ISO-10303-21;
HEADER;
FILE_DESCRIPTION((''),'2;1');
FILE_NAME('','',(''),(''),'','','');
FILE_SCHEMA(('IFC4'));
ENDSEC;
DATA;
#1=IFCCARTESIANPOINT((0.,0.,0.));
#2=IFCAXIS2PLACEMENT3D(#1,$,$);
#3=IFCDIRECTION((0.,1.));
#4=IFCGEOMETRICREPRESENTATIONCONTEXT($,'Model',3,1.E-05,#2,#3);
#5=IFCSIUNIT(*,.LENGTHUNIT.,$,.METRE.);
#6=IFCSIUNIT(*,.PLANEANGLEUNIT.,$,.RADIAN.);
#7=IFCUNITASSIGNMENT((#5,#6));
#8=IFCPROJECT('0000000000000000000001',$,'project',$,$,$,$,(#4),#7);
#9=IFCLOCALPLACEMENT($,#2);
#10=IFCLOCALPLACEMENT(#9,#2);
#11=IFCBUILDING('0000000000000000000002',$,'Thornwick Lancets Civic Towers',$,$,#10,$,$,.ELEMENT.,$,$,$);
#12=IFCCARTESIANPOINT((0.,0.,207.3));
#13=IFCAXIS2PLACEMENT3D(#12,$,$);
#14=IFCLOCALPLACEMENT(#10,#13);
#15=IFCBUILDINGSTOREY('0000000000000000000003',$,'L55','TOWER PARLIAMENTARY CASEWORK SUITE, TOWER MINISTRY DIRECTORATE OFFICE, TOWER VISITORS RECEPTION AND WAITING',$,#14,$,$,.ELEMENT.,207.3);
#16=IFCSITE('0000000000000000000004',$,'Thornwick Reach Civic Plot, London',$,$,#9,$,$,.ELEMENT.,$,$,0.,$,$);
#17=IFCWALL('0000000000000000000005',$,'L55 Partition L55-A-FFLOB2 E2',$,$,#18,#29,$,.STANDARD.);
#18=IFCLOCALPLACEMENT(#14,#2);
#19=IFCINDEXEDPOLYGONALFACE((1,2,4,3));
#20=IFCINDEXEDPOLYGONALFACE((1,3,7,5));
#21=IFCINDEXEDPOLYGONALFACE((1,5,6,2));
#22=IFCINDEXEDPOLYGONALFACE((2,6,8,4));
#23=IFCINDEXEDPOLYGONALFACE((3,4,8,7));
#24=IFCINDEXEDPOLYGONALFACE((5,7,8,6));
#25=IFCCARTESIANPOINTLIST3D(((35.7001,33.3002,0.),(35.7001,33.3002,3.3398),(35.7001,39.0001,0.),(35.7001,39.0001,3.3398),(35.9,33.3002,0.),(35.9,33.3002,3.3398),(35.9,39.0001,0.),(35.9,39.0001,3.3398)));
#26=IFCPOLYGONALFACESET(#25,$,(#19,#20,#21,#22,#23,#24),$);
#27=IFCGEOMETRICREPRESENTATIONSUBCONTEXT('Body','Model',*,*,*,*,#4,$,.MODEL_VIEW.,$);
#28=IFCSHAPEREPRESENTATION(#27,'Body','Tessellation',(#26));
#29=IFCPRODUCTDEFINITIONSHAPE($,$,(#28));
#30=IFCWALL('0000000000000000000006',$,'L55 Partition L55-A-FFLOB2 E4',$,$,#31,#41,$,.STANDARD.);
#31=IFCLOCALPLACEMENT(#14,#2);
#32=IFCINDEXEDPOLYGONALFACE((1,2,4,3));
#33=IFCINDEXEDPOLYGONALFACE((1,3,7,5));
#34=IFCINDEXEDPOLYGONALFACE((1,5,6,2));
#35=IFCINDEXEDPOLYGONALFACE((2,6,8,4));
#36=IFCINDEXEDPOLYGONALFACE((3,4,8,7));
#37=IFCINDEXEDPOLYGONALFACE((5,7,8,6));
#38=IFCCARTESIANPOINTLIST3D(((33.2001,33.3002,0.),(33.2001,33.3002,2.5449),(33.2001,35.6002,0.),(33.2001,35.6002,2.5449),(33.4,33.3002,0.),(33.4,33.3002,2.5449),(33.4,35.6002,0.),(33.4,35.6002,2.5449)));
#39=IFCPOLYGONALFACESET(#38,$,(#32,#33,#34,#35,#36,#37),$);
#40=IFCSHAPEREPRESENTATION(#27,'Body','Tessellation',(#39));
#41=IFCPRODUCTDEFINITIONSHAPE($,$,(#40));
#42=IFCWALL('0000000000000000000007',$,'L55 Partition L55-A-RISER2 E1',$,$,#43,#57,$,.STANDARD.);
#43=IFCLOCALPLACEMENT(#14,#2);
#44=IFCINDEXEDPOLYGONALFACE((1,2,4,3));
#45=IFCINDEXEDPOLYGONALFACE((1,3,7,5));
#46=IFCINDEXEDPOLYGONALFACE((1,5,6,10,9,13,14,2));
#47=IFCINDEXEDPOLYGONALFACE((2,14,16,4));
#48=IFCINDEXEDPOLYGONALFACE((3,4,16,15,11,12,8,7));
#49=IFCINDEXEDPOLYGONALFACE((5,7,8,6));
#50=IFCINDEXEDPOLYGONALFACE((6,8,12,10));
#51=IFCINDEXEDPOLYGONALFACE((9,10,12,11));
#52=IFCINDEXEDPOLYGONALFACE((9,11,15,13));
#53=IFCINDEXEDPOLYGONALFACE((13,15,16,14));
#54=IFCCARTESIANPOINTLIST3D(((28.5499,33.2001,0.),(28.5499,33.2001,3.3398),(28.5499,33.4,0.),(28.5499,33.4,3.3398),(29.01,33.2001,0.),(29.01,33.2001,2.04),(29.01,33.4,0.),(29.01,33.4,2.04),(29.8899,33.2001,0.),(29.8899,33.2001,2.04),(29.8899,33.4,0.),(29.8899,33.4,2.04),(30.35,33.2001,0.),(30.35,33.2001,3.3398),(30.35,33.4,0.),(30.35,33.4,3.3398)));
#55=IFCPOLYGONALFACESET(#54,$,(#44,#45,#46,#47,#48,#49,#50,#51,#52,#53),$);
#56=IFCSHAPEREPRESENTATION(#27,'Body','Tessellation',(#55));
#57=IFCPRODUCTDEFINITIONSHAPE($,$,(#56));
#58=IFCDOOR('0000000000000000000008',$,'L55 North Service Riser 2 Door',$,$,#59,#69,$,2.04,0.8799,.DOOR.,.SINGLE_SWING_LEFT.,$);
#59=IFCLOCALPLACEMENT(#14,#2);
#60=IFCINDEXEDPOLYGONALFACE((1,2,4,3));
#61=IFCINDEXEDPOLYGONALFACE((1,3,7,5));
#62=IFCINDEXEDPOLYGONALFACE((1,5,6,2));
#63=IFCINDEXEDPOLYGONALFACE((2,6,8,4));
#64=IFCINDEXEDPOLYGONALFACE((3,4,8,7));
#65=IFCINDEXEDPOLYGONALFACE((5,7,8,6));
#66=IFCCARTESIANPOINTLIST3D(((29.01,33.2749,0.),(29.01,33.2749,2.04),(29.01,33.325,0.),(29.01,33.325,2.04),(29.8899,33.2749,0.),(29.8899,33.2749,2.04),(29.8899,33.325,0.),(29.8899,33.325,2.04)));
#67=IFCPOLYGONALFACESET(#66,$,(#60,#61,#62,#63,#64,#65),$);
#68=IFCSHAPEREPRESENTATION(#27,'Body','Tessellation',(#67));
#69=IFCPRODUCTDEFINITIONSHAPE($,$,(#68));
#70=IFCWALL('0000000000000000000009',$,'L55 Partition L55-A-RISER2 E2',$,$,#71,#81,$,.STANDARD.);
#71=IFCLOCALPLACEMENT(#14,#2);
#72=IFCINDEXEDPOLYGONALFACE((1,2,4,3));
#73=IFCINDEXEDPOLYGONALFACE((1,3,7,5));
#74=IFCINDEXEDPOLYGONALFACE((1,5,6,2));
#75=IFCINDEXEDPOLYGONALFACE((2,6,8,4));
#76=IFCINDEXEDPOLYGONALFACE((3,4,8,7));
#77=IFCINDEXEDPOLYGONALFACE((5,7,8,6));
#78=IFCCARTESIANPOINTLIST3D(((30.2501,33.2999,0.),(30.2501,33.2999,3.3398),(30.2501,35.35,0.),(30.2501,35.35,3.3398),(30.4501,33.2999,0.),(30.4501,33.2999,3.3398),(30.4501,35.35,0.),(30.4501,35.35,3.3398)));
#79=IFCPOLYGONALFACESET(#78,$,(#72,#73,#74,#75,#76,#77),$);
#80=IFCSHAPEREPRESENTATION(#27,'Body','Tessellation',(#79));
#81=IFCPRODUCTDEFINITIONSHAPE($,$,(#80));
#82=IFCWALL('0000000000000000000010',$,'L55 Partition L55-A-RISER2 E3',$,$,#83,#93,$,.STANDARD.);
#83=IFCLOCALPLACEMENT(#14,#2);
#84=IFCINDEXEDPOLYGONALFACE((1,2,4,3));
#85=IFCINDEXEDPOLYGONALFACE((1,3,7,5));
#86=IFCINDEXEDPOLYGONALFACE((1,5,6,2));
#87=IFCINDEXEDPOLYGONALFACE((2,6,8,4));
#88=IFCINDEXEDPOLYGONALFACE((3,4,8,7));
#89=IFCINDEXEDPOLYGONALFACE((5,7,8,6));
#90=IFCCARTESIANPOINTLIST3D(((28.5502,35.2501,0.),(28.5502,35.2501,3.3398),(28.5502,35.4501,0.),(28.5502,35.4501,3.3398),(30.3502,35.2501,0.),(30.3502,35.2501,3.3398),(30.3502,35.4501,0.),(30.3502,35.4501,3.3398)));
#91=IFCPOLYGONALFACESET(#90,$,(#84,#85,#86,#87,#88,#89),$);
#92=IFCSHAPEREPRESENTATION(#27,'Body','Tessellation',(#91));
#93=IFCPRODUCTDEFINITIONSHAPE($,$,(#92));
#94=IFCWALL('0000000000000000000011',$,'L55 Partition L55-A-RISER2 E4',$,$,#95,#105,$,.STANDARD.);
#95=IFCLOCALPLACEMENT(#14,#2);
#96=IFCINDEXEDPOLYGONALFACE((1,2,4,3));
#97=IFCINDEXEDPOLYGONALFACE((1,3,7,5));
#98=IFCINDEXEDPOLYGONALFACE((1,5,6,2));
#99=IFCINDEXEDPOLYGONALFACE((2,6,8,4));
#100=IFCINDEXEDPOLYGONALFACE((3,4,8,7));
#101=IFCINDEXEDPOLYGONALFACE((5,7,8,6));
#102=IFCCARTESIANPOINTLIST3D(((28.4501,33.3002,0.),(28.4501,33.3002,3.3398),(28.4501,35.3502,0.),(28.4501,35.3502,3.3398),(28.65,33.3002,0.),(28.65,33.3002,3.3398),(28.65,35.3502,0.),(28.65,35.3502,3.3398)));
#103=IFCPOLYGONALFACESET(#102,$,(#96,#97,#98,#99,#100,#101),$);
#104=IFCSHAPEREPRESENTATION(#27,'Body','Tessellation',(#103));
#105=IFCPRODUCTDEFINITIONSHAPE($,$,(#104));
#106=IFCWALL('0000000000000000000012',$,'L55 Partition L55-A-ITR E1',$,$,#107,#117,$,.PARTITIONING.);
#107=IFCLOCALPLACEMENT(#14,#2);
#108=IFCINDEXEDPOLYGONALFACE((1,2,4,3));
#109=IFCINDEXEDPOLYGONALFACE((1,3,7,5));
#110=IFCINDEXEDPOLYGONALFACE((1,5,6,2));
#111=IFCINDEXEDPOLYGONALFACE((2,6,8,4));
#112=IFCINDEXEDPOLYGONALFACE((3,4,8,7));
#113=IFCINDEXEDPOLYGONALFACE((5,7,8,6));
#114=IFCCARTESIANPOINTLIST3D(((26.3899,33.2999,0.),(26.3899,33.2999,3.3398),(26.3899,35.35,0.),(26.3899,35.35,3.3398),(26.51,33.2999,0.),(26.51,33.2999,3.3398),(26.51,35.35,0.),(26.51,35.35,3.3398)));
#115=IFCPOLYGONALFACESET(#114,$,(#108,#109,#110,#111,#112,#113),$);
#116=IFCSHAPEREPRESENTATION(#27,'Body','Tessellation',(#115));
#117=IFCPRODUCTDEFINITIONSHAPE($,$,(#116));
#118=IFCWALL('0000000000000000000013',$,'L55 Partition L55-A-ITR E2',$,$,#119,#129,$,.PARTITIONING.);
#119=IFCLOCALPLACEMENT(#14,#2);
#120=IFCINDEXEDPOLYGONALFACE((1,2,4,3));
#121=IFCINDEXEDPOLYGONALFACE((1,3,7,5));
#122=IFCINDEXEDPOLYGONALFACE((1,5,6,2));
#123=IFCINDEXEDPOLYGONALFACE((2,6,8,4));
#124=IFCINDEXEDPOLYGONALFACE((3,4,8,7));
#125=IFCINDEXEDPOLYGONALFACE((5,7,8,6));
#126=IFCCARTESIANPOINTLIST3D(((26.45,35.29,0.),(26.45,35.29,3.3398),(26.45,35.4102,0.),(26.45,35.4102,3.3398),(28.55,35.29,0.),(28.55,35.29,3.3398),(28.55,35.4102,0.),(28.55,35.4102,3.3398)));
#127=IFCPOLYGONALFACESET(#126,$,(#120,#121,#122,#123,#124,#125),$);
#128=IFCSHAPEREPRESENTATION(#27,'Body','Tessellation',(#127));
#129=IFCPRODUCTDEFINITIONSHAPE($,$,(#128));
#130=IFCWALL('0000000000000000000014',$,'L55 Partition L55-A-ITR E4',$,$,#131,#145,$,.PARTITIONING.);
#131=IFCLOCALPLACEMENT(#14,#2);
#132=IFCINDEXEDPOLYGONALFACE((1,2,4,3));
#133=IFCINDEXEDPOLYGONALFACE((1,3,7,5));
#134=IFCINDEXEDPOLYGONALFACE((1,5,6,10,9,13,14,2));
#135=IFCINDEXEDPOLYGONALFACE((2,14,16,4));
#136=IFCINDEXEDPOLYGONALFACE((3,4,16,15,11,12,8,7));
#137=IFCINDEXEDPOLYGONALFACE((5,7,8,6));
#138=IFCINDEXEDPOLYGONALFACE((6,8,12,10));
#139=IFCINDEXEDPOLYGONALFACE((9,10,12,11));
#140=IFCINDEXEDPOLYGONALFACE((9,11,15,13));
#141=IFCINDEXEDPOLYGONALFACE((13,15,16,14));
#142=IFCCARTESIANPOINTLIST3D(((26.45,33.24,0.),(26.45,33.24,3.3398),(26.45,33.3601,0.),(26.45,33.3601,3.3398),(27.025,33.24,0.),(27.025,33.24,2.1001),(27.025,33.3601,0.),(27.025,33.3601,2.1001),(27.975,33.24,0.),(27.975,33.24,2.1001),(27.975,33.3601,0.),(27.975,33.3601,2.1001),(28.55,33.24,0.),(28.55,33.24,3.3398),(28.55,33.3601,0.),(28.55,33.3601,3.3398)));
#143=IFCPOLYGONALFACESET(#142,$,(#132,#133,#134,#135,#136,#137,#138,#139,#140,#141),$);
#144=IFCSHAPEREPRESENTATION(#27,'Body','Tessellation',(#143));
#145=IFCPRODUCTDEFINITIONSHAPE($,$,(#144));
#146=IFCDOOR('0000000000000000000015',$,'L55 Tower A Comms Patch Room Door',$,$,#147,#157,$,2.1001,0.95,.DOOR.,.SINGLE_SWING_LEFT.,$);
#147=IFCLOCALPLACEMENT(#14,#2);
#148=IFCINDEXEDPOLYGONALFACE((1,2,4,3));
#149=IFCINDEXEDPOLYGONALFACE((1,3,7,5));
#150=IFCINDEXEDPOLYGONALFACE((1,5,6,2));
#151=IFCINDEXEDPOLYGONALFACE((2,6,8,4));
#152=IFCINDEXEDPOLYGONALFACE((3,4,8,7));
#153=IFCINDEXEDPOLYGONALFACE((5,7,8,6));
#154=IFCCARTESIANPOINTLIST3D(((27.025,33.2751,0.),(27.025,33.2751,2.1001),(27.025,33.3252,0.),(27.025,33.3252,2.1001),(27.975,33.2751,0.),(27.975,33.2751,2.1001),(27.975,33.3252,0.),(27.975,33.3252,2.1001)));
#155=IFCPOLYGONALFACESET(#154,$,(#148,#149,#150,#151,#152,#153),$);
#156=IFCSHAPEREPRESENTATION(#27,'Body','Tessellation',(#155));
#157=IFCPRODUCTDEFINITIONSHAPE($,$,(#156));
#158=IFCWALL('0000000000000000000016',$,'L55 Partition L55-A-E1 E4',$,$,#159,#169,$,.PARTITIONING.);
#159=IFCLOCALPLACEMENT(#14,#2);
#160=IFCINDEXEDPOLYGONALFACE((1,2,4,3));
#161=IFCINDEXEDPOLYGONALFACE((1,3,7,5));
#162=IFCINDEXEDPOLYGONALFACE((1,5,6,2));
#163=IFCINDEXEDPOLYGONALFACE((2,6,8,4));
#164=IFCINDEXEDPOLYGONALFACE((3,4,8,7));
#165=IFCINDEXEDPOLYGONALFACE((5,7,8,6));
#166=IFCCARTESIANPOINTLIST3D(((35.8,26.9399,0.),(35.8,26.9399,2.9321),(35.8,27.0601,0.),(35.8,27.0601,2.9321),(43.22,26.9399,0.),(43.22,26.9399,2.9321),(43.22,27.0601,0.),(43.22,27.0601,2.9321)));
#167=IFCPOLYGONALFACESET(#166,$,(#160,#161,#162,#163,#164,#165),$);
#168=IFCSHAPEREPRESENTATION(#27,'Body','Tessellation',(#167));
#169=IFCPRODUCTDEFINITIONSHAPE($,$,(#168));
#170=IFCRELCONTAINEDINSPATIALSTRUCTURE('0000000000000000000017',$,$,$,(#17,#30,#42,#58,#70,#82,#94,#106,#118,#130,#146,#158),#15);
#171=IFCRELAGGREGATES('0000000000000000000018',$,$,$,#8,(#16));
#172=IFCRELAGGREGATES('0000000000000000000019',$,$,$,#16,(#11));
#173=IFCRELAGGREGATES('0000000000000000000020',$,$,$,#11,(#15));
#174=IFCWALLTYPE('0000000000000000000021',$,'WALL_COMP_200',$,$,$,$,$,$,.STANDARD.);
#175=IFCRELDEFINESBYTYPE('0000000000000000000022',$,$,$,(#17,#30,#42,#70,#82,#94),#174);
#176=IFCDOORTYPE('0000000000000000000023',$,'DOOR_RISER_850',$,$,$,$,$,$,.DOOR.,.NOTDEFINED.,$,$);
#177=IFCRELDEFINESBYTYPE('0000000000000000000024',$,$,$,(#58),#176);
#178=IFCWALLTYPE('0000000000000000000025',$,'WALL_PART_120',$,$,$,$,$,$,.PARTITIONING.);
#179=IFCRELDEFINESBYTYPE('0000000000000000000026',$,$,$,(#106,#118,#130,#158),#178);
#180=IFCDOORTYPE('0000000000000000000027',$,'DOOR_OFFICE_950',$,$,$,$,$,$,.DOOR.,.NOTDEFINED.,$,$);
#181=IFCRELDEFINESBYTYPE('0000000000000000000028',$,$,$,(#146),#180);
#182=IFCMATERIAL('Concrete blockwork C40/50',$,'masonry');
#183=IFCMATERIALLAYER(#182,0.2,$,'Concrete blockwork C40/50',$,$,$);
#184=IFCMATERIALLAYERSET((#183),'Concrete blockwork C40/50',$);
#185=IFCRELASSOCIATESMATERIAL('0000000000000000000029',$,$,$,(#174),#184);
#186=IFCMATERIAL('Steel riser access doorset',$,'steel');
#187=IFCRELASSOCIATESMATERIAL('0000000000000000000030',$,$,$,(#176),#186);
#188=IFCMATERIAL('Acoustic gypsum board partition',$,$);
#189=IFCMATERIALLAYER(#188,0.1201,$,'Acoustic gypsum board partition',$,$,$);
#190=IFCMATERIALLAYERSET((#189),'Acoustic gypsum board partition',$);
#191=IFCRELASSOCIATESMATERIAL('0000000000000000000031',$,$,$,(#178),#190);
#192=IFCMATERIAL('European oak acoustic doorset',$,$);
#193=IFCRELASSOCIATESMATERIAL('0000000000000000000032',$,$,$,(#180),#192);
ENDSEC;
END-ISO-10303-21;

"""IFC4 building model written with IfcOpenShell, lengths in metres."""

from ifc_helpers import new_model, si_unit, direction, frame, frame_2d, origin, place, context, subcontext, project, spatial, rectangle, extrude, material, layer, layer_set, type_object, element, fill, save


model = new_model("IFC4")

# Units and contexts
model_context = context("Model", 3, precision=1e-05, world=origin(), true_north=direction((0.0, 1.0)))
body_context = subcontext(model_context, "Body", "Model", "MODEL_VIEW")
ifc_project = project(units=[si_unit("LENGTHUNIT", "METRE"), si_unit("PLANEANGLEUNIT", "RADIAN")], contexts=[model_context])

# Site, building, storey
site_placement = place(None, origin())
site = spatial("IfcSite", under=ifc_project, at=site_placement, Name="Thornwick Reach Civic Plot, London", CompositionType="ELEMENT", RefElevation=0.0)
building_placement = place(site_placement, origin())
building = spatial("IfcBuilding", under=site, at=building_placement, Name="Thornwick Lancets Civic Towers", CompositionType="ELEMENT")
storey_placement = place(building_placement, frame((0.0, 0.0, 207.3)))
storey = spatial("IfcBuildingStorey", under=building, at=storey_placement, Name="L55", Description="TOWER PARLIAMENTARY CASEWORK SUITE, TOWER MINISTRY DIRECTORATE OFFICE, TOWER VISITORS RECEPTION AND WAITING", CompositionType="ELEMENT", Elevation=207.3)

# Shared definitions
ifc_material_1 = material(Name="Concrete blockwork C40/50", Category="masonry")
ifc_layer_1 = layer(ifc_material_1, 0.2, Name="Concrete blockwork C40/50")
ifc_layer_set_1 = layer_set([ifc_layer_1], Name="Concrete blockwork C40/50")
wall_type_1 = type_object("IfcWallType", Name="WALL_COMP_200", PredefinedType="STANDARD", material=ifc_layer_set_1)

# Walls
wall_1_placement = place(storey_placement, frame((35.8, 33.3, 0.0), z_axis=(0.0, 0.0, 1.0), x_axis=(0.0, 1.0, 0.0)))
element("IfcWall", 1, at=wall_1_placement, inside=storey, type_object=wall_type_1, Name="L55 Partition L55-A-FFLOB2 E2", PredefinedType="STANDARD", context=body_context, shape_type="SweptSolid", body=[
    extrude(rectangle(XDim=5.7, YDim=0.2, at=frame_2d((2.8501, 0.0))), origin(), (0.0, 0.0, 1.0), 3.3398),
])
wall_2_placement = place(storey_placement, frame((33.3, 35.6001, 0.0), z_axis=(0.0, 0.0, 1.0), x_axis=(0.0, -1.0, 0.0)))
element("IfcWall", 2, at=wall_2_placement, inside=storey, type_object=wall_type_1, Name="L55 Partition L55-A-FFLOB2 E4", PredefinedType="STANDARD", context=body_context, shape_type="SweptSolid", body=[
    extrude(rectangle(XDim=2.3, YDim=0.2, at=frame_2d((1.1499, 0.0))), origin(), (0.0, 0.0, 1.0), 2.5449),
])

# Wall, opening, door
wall_3_placement = place(storey_placement, frame((28.55, 33.3, 0.0), z_axis=(0.0, 0.0, 1.0), x_axis=(1.0, 0.0, 0.0)))
wall_3 = element("IfcWall", 3, at=wall_3_placement, inside=storey, type_object=wall_type_1, Name="L55 Partition L55-A-RISER2 E1", PredefinedType="STANDARD", context=body_context, shape_type="SweptSolid", body=[
    extrude(rectangle(XDim=1.8, YDim=0.2, at=frame_2d((0.8999, 0.0))), origin(), (0.0, 0.0, 1.0), 3.3398),
])
opening_1_placement = place(wall_3_placement, frame((0.46, 0.0, 0.0)))
opening_1 = element("IfcOpeningElement", 4, at=opening_1_placement, cuts=wall_3, PredefinedType="OPENING", context=body_context, shape_type="SweptSolid", body=[
    extrude(rectangle(XDim=0.8799, YDim=2.04, at=frame_2d((0.4399, 1.02))), frame((0.0, 0.1099, 0.0), z_axis=(0.0, -1.0, 0.0), x_axis=(1.0, 0.0, 0.0)), (0.0, 0.0, 1.0), 0.22),
])
ifc_material_2 = material(Name="Steel riser access doorset", Category="steel")
door_type_1 = type_object("IfcDoorType", Name="DOOR_RISER_850", OperationType="NOTDEFINED", PredefinedType="DOOR", material=ifc_material_2)
door_1_placement = place(opening_1_placement, origin())
door_1 = element("IfcDoor", 5, at=door_1_placement, inside=storey, type_object=door_type_1, Name="L55 North Service Riser 2 Door", OperationType="SINGLE_SWING_LEFT", OverallHeight=2.04, OverallWidth=0.8799, PredefinedType="DOOR", context=body_context, shape_type="SweptSolid", body=[
    extrude(rectangle(XDim=0.8799, YDim=2.04, at=frame_2d((0.4399, 1.02))), frame((0.0, 0.0249, 0.0), z_axis=(0.0, -1.0, 0.0), x_axis=(1.0, 0.0, 0.0)), (0.0, 0.0, 1.0), 0.05),
])
fill(opening_1, door_1)

# Walls
wall_4_placement = place(storey_placement, frame((30.3501, 33.3, 0.0), z_axis=(0.0, 0.0, 1.0), x_axis=(0.0, 1.0, 0.0)))
element("IfcWall", 6, at=wall_4_placement, inside=storey, type_object=wall_type_1, Name="L55 Partition L55-A-RISER2 E2", PredefinedType="STANDARD", context=body_context, shape_type="SweptSolid", body=[
    extrude(rectangle(XDim=2.05, YDim=0.2, at=frame_2d((1.0249, 0.0))), origin(), (0.0, 0.0, 1.0), 3.3398),
])
wall_5_placement = place(storey_placement, frame((30.3501, 35.3501, 0.0), z_axis=(0.0, 0.0, 1.0), x_axis=(-1.0, 0.0, 0.0)))
element("IfcWall", 7, at=wall_5_placement, inside=storey, type_object=wall_type_1, Name="L55 Partition L55-A-RISER2 E3", PredefinedType="STANDARD", context=body_context, shape_type="SweptSolid", body=[
    extrude(rectangle(XDim=1.8, YDim=0.2, at=frame_2d((0.8999, 0.0))), origin(), (0.0, 0.0, 1.0), 3.3398),
])
wall_6_placement = place(storey_placement, frame((28.55, 35.3501, 0.0), z_axis=(0.0, 0.0, 1.0), x_axis=(0.0, -1.0, 0.0)))
element("IfcWall", 8, at=wall_6_placement, inside=storey, type_object=wall_type_1, Name="L55 Partition L55-A-RISER2 E4", PredefinedType="STANDARD", context=body_context, shape_type="SweptSolid", body=[
    extrude(rectangle(XDim=2.05, YDim=0.2, at=frame_2d((1.0249, 0.0))), origin(), (0.0, 0.0, 1.0), 3.3398),
])
ifc_material_3 = material(Name="Acoustic gypsum board partition")
ifc_layer_2 = layer(ifc_material_3, 0.1201, Name="Acoustic gypsum board partition")
ifc_layer_set_2 = layer_set([ifc_layer_2], Name="Acoustic gypsum board partition")
wall_type_2 = type_object("IfcWallType", Name="WALL_PART_120", PredefinedType="PARTITIONING", material=ifc_layer_set_2)
wall_7_placement = place(storey_placement, frame((26.45, 33.3, 0.0), z_axis=(0.0, 0.0, 1.0), x_axis=(0.0, 1.0, 0.0)))
element("IfcWall", 9, at=wall_7_placement, inside=storey, type_object=wall_type_2, Name="L55 Partition L55-A-ITR E1", PredefinedType="PARTITIONING", context=body_context, shape_type="SweptSolid", body=[
    extrude(rectangle(XDim=2.05, YDim=0.1201, at=frame_2d((1.0249, 0.0))), origin(), (0.0, 0.0, 1.0), 3.3398),
])
wall_8_placement = place(storey_placement, frame((26.45, 35.3501, 0.0), z_axis=(0.0, 0.0, 1.0), x_axis=(1.0, 0.0, 0.0)))
element("IfcWall", 10, at=wall_8_placement, inside=storey, type_object=wall_type_2, Name="L55 Partition L55-A-ITR E2", PredefinedType="PARTITIONING", context=body_context, shape_type="SweptSolid", body=[
    extrude(rectangle(XDim=2.1001, YDim=0.1201, at=frame_2d((1.05, 0.0))), origin(), (0.0, 0.0, 1.0), 3.3398),
])

# Wall, opening, door
wall_9_placement = place(storey_placement, frame((28.55, 33.3, 0.0), z_axis=(0.0, 0.0, 1.0), x_axis=(-1.0, 0.0, 0.0)))
wall_9 = element("IfcWall", 11, at=wall_9_placement, inside=storey, type_object=wall_type_2, Name="L55 Partition L55-A-ITR E4", PredefinedType="PARTITIONING", context=body_context, shape_type="SweptSolid", body=[
    extrude(rectangle(XDim=2.1001, YDim=0.1201, at=frame_2d((1.05, 0.0))), origin(), (0.0, 0.0, 1.0), 3.3398),
])
opening_2_placement = place(wall_9_placement, frame((0.575, 0.0, 0.0)))
opening_2 = element("IfcOpeningElement", 12, at=opening_2_placement, cuts=wall_9, PredefinedType="OPENING", context=body_context, shape_type="SweptSolid", body=[
    extrude(rectangle(XDim=0.95, YDim=2.1001, at=frame_2d((0.4751, 1.05))), frame((0.0, 0.0701, 0.0), z_axis=(0.0, -1.0, 0.0), x_axis=(1.0, 0.0, 0.0)), (0.0, 0.0, 1.0), 0.1401),
])
ifc_material_4 = material(Name="European oak acoustic doorset")
door_type_2 = type_object("IfcDoorType", Name="DOOR_OFFICE_950", OperationType="NOTDEFINED", PredefinedType="DOOR", material=ifc_material_4)
door_2_placement = place(opening_2_placement, origin())
door_2 = element("IfcDoor", 13, at=door_2_placement, inside=storey, type_object=door_type_2, Name="L55 Tower A Comms Patch Room Door", OperationType="SINGLE_SWING_LEFT", OverallHeight=2.1001, OverallWidth=0.95, PredefinedType="DOOR", context=body_context, shape_type="SweptSolid", body=[
    extrude(rectangle(XDim=0.95, YDim=2.1001, at=frame_2d((0.4751, 1.05))), frame((0.0, 0.0249, 0.0), z_axis=(0.0, -1.0, 0.0), x_axis=(1.0, 0.0, 0.0)), (0.0, 0.0, 1.0), 0.05),
])
fill(opening_2, door_2)

# Wall
wall_10_placement = place(storey_placement, frame((35.8, 27.0, 0.0), z_axis=(0.0, 0.0, 1.0), x_axis=(1.0, 0.0, 0.0)))
element("IfcWall", 14, at=wall_10_placement, inside=storey, type_object=wall_type_2, Name="L55 Partition L55-A-E1 E4", PredefinedType="PARTITIONING", context=body_context, shape_type="SweptSolid", body=[
    extrude(rectangle(XDim=7.4199, YDim=0.1201, at=frame_2d((3.71, 0.0))), origin(), (0.0, 0.0, 1.0), 2.9321),
])

save(model, "model.ifc")
